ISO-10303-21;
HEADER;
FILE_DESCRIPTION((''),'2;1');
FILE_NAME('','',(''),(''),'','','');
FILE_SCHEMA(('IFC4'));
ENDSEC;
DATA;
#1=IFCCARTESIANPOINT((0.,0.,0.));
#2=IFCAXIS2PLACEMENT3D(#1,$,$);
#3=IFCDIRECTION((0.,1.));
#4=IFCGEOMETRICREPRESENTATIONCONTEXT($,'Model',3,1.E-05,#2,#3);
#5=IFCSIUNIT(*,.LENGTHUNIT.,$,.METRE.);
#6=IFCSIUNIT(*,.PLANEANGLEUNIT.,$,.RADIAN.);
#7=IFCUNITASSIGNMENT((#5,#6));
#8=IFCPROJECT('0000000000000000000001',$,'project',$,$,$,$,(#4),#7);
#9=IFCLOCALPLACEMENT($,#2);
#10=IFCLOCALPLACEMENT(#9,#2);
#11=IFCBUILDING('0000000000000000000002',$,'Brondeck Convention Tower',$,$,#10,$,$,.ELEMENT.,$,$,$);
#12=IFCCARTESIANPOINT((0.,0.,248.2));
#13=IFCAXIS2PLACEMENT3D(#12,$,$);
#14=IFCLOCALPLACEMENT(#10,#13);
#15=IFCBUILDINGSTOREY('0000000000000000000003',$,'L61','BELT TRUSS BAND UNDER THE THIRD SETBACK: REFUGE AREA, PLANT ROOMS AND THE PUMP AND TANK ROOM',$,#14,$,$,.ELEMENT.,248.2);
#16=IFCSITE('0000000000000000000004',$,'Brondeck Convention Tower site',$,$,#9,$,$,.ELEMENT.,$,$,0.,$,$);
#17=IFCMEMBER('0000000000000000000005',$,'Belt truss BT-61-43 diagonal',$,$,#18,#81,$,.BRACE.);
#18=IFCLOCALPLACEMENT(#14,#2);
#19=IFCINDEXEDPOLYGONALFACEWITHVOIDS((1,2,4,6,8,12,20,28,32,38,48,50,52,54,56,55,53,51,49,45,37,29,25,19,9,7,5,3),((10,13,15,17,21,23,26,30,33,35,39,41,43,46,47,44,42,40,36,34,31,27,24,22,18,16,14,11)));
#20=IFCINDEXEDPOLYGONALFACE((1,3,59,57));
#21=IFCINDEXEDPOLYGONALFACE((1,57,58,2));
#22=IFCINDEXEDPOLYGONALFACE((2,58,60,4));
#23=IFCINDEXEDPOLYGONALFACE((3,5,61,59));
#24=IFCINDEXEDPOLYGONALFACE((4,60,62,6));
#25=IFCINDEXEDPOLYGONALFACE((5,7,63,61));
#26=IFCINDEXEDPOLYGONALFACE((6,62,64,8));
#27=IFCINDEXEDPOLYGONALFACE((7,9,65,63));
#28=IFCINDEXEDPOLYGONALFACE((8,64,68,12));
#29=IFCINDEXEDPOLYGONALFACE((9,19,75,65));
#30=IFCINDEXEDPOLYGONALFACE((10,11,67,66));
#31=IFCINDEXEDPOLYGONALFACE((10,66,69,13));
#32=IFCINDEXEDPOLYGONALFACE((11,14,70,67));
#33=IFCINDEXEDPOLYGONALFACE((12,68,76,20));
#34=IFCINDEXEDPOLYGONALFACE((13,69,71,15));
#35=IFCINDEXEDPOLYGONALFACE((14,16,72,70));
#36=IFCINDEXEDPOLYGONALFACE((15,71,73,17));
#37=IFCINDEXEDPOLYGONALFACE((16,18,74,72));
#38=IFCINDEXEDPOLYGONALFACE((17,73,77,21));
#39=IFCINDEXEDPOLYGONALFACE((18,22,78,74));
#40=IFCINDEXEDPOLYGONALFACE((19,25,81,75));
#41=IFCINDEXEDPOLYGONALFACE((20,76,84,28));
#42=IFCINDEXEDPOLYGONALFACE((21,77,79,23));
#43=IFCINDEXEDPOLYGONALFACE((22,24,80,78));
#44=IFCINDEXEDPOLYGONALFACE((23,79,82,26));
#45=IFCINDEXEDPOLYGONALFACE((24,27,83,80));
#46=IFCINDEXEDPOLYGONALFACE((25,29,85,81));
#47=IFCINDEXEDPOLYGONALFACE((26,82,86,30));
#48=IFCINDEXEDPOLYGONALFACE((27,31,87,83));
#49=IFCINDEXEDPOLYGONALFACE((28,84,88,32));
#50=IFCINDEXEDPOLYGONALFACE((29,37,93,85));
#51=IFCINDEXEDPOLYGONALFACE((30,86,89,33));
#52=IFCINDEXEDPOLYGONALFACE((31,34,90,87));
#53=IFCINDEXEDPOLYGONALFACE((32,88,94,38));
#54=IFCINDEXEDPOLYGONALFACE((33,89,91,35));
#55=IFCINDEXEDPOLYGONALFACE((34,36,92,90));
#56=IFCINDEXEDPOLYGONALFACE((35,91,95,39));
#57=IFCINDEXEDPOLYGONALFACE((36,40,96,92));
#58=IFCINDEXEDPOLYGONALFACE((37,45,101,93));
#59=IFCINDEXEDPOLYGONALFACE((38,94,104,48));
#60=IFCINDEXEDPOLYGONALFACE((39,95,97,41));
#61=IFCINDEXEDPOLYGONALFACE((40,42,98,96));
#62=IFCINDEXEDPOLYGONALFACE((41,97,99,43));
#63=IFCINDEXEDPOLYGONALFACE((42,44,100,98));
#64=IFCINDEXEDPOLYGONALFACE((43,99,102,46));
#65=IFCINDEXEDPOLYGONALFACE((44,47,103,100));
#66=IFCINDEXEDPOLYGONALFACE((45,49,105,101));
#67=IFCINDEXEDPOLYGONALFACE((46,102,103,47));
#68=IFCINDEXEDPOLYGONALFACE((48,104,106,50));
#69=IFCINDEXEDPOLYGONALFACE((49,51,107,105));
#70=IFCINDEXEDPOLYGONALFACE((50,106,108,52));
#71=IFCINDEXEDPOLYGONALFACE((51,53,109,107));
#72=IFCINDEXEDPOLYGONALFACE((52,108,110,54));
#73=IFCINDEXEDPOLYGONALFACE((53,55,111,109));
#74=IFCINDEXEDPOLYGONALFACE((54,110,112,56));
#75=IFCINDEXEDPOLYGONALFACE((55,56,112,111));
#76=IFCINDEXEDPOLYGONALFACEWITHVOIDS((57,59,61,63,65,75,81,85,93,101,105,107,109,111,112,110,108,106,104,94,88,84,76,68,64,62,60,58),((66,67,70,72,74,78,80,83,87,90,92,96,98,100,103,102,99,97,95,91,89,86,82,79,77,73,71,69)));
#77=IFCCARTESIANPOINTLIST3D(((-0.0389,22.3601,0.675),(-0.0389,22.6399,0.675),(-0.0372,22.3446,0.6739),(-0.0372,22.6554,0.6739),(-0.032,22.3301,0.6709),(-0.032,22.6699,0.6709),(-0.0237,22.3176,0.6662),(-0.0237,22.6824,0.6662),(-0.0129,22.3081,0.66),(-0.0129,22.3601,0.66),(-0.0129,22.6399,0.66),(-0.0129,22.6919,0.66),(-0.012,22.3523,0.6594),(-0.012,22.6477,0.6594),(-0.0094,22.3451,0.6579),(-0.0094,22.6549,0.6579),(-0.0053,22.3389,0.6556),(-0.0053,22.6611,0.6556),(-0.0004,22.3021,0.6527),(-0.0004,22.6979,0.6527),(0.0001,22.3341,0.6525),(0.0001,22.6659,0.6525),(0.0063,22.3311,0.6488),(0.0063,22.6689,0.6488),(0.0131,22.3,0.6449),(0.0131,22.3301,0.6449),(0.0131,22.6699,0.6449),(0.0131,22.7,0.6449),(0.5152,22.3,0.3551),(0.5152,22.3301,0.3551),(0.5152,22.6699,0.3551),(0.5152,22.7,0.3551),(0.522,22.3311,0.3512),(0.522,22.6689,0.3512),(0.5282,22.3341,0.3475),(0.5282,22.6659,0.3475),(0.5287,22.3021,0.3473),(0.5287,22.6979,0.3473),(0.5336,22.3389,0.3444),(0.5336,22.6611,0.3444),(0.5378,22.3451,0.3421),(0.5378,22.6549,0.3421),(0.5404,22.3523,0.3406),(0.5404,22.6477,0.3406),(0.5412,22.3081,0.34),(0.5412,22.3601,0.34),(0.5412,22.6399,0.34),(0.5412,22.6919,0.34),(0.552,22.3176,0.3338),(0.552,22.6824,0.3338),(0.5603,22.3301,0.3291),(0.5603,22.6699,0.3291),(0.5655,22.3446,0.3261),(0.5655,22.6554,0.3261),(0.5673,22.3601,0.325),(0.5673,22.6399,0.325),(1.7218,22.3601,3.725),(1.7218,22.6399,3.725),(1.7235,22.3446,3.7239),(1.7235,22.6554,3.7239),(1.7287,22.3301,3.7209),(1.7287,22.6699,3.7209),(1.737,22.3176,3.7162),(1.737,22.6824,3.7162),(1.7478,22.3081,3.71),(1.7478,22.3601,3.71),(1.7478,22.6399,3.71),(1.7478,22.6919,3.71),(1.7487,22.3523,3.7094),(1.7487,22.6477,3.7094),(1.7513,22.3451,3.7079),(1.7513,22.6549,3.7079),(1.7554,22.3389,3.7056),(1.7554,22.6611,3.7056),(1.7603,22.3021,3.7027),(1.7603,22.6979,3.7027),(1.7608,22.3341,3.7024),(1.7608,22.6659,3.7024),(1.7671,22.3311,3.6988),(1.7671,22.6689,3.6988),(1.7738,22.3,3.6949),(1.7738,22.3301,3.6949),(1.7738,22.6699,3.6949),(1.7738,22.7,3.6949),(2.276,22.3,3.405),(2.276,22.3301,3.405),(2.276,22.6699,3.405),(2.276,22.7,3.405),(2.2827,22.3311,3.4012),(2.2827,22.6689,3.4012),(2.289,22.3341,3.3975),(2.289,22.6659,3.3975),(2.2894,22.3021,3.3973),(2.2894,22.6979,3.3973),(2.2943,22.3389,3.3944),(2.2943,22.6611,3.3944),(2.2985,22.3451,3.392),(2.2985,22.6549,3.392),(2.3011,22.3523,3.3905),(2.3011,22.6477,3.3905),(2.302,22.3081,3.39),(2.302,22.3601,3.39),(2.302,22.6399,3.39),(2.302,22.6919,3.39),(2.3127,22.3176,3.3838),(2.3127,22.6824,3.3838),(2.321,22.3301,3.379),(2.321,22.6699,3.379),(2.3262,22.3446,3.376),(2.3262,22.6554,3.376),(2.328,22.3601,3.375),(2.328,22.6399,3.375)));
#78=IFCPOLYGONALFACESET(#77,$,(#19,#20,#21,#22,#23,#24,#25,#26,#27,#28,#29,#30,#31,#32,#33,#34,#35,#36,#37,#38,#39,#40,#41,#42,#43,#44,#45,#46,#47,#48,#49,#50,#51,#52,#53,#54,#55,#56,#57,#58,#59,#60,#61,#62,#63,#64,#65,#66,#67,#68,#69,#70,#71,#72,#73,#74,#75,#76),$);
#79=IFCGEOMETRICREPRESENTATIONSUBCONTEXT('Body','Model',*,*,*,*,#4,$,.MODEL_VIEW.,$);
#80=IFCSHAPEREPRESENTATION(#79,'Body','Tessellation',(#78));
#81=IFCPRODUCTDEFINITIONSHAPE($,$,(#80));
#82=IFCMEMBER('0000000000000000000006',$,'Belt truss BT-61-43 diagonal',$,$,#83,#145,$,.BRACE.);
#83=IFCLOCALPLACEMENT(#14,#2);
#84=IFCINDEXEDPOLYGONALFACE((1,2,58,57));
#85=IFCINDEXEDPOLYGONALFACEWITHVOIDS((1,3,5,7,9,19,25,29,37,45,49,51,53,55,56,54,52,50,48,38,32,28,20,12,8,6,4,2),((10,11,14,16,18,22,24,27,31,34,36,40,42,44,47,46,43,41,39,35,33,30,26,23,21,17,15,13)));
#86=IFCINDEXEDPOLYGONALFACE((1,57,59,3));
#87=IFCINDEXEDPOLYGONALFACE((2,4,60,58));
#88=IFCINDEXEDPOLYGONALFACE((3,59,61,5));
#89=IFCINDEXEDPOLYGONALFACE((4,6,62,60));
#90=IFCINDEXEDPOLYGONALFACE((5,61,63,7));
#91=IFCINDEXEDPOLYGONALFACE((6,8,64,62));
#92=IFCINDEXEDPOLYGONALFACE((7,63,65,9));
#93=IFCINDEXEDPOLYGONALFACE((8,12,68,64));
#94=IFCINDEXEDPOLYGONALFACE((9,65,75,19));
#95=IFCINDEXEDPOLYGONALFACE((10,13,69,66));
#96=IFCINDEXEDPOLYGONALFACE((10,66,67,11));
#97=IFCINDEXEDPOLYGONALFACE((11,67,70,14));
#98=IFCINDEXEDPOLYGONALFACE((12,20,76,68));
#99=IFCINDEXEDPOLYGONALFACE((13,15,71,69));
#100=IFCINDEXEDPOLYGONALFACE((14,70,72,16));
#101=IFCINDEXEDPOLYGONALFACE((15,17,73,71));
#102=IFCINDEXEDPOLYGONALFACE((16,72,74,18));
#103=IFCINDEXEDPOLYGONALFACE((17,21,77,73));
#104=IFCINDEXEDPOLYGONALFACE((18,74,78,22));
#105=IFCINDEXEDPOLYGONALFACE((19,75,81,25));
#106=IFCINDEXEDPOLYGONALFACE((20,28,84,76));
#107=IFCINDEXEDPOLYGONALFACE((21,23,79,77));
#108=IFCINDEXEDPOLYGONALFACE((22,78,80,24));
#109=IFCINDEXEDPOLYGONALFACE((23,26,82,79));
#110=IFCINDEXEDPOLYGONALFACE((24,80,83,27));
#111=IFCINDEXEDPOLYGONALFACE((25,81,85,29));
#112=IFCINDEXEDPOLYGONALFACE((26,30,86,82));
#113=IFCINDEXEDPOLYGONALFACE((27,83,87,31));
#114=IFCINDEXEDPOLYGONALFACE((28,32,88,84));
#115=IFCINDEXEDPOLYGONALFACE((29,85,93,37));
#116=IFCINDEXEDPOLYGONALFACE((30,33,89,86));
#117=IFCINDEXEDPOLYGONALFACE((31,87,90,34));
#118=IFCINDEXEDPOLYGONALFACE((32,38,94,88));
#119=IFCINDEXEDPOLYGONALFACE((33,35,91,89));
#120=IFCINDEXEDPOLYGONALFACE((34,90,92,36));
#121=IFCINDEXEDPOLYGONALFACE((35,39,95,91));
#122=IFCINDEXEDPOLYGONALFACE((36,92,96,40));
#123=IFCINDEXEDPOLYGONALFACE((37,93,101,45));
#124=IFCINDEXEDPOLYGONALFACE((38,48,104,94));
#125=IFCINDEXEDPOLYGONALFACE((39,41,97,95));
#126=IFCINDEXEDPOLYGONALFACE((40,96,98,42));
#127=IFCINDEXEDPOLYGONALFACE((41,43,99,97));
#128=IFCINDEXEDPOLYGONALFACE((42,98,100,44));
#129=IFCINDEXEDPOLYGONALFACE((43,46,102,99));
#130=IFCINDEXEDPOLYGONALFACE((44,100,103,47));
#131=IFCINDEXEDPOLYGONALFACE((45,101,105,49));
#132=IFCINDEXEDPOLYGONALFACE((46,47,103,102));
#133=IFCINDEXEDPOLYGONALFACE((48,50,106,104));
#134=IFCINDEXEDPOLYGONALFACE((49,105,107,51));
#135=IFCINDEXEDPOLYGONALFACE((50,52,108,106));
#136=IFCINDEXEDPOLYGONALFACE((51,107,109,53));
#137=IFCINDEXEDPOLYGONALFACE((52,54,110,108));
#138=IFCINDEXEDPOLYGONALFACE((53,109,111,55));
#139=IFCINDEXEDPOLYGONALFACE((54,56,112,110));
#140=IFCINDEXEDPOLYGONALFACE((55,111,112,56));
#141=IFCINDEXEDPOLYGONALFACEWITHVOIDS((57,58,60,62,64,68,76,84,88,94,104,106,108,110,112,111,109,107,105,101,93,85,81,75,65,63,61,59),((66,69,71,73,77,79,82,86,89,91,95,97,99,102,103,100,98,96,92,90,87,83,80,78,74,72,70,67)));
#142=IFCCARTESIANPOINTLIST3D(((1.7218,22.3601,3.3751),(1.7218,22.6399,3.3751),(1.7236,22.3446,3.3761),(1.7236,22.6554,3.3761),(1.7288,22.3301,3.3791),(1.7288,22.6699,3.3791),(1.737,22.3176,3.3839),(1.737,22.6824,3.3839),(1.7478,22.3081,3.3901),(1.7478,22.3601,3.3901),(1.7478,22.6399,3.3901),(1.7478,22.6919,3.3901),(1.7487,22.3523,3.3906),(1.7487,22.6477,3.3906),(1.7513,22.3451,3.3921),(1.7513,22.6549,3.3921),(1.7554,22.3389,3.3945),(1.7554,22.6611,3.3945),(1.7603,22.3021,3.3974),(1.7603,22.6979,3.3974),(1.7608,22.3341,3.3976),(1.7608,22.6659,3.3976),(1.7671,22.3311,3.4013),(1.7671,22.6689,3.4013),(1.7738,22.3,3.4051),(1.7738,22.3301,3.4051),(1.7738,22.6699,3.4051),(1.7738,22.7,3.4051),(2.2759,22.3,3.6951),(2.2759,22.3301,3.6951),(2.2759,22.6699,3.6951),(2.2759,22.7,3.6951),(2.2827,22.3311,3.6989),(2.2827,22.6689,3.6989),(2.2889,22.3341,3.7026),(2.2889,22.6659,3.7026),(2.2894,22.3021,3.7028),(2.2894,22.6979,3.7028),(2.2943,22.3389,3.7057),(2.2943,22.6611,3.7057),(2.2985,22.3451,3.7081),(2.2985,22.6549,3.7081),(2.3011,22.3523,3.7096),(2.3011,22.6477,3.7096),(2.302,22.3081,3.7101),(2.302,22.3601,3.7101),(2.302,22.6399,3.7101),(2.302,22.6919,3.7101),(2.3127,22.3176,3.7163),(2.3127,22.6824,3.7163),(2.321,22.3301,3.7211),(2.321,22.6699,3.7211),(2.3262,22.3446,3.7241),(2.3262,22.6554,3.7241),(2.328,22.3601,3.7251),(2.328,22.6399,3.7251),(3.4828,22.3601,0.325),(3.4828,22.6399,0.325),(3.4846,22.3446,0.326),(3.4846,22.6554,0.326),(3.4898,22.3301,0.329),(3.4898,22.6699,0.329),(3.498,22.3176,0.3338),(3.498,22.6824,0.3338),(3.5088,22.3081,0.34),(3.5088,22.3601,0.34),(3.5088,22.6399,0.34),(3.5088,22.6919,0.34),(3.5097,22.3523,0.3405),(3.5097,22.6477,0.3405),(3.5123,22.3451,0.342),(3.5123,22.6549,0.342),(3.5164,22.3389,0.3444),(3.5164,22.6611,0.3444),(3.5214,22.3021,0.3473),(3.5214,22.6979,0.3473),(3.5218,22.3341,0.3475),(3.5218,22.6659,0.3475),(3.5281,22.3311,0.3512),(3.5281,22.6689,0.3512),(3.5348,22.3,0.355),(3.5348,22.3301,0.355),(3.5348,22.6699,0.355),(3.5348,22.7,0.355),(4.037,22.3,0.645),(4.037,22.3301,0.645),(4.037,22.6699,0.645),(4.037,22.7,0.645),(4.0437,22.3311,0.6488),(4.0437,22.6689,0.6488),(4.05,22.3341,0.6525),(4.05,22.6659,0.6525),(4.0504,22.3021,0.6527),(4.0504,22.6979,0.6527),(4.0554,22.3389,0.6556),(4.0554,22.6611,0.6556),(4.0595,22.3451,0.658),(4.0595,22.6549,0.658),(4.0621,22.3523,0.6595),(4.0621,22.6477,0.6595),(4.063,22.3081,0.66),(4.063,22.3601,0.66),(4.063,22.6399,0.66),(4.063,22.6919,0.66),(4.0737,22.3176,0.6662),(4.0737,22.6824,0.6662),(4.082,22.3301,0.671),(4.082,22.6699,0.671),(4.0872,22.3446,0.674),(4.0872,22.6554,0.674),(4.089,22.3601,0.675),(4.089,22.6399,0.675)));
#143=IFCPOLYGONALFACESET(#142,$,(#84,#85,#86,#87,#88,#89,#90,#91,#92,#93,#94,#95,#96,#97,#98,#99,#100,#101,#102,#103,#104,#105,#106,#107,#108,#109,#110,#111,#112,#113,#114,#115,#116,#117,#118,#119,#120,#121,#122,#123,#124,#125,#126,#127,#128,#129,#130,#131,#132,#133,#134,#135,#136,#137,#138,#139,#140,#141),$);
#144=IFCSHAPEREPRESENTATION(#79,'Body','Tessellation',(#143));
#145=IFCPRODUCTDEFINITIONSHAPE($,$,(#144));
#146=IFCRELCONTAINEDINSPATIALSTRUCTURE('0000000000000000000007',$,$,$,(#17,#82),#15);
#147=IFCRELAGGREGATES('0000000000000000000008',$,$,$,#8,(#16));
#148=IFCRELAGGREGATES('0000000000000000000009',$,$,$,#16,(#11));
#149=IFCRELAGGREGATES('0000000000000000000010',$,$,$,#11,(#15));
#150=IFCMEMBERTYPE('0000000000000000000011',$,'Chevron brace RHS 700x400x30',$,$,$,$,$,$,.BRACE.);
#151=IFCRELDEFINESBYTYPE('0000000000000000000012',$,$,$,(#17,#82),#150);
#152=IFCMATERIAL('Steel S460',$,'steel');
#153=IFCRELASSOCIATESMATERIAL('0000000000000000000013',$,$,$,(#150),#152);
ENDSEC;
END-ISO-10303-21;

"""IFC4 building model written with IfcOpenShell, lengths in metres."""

from ifc_helpers import new_model, si_unit, direction, frame, origin, origin_2d, place, context, subcontext, project, spatial, hollow_rectangle, extrude, material, material_profile, profile_set, type_object, element, save


model = new_model("IFC4")

# Units and contexts
model_context = context("Model", 3, precision=1e-05, world=origin(), true_north=direction((0.0, 1.0)))
body_context = subcontext(model_context, "Body", "Model", "MODEL_VIEW")
ifc_project = project(units=[si_unit("LENGTHUNIT", "METRE"), si_unit("PLANEANGLEUNIT", "RADIAN")], contexts=[model_context])

# Site, building, storey
site_placement = place(None, origin())
site = spatial("IfcSite", under=ifc_project, at=site_placement, Name="Brondeck Convention Tower site", CompositionType="ELEMENT", RefElevation=0.0)
building_placement = place(site_placement, origin())
building = spatial("IfcBuilding", under=site, at=building_placement, Name="Brondeck Convention Tower", CompositionType="ELEMENT")
storey_placement = place(building_placement, frame((0.0, 0.0, 248.2)))
storey = spatial("IfcBuildingStorey", under=building, at=storey_placement, Name="L61", Description="BELT TRUSS BAND UNDER THE THIRD SETBACK: REFUGE AREA, PLANT ROOMS AND THE PUMP AND TANK ROOM", CompositionType="ELEMENT", Elevation=248.2)

# Members
ifc_material_1 = material(Name="Steel S460", Category="steel")
ifc_material_profile_1 = material_profile(ifc_material_1, hollow_rectangle(XDim=0.3999, YDim=0.7, WallThickness=0.03, InnerFilletRadius=0.03, OuterFilletRadius=0.0601, at=origin_2d()), Name="RHS 700x400x30")
ifc_profile_set_1 = profile_set([ifc_material_profile_1], Name="Steel S460")
member_type_1 = type_object("IfcMemberType", Name="Chevron brace RHS 700x400x30", PredefinedType="BRACE", material=ifc_profile_set_1)
member_1_placement = place(storey_placement, frame((0.2642, 22.5, 0.5), z_axis=(0.499956, 0.0, 0.866051), x_axis=(0.0, 1.0, 0.0)))
element("IfcMember", 1, at=member_1_placement, inside=storey, type_object=member_type_1, Name="Belt truss BT-61-43 diagonal", PredefinedType="BRACE", context=body_context, shape_type="SweptSolid", body=[
    extrude(hollow_rectangle(XDim=0.3999, YDim=0.7, WallThickness=0.03, InnerFilletRadius=0.03, OuterFilletRadius=0.0601, at=origin_2d()), origin(), (0.0, 0.0, 1.0), 3.5217),
])
for number, where, z_axis, x_axis, name in (
    (2, (3.7859, 22.5, 0.5), (-0.500008, 0.0, 0.866021), (0.0, -1.0, 0.0), "Belt truss BT-61-43 diagonal"),
):
    element("IfcMember", number, at=place(storey_placement, frame(where, z_axis=z_axis, x_axis=x_axis)), inside=storey, type_object=member_type_1, Name=name, PredefinedType="BRACE", context=body_context, shape_type="SweptSolid", body=[
        extrude(hollow_rectangle(XDim=0.3999, YDim=0.7, WallThickness=0.03, InnerFilletRadius=0.03, OuterFilletRadius=0.0601, at=origin_2d()), origin(), (0.0, 0.0, 1.0), 3.522),
    ])

save(model, "model.ifc")
